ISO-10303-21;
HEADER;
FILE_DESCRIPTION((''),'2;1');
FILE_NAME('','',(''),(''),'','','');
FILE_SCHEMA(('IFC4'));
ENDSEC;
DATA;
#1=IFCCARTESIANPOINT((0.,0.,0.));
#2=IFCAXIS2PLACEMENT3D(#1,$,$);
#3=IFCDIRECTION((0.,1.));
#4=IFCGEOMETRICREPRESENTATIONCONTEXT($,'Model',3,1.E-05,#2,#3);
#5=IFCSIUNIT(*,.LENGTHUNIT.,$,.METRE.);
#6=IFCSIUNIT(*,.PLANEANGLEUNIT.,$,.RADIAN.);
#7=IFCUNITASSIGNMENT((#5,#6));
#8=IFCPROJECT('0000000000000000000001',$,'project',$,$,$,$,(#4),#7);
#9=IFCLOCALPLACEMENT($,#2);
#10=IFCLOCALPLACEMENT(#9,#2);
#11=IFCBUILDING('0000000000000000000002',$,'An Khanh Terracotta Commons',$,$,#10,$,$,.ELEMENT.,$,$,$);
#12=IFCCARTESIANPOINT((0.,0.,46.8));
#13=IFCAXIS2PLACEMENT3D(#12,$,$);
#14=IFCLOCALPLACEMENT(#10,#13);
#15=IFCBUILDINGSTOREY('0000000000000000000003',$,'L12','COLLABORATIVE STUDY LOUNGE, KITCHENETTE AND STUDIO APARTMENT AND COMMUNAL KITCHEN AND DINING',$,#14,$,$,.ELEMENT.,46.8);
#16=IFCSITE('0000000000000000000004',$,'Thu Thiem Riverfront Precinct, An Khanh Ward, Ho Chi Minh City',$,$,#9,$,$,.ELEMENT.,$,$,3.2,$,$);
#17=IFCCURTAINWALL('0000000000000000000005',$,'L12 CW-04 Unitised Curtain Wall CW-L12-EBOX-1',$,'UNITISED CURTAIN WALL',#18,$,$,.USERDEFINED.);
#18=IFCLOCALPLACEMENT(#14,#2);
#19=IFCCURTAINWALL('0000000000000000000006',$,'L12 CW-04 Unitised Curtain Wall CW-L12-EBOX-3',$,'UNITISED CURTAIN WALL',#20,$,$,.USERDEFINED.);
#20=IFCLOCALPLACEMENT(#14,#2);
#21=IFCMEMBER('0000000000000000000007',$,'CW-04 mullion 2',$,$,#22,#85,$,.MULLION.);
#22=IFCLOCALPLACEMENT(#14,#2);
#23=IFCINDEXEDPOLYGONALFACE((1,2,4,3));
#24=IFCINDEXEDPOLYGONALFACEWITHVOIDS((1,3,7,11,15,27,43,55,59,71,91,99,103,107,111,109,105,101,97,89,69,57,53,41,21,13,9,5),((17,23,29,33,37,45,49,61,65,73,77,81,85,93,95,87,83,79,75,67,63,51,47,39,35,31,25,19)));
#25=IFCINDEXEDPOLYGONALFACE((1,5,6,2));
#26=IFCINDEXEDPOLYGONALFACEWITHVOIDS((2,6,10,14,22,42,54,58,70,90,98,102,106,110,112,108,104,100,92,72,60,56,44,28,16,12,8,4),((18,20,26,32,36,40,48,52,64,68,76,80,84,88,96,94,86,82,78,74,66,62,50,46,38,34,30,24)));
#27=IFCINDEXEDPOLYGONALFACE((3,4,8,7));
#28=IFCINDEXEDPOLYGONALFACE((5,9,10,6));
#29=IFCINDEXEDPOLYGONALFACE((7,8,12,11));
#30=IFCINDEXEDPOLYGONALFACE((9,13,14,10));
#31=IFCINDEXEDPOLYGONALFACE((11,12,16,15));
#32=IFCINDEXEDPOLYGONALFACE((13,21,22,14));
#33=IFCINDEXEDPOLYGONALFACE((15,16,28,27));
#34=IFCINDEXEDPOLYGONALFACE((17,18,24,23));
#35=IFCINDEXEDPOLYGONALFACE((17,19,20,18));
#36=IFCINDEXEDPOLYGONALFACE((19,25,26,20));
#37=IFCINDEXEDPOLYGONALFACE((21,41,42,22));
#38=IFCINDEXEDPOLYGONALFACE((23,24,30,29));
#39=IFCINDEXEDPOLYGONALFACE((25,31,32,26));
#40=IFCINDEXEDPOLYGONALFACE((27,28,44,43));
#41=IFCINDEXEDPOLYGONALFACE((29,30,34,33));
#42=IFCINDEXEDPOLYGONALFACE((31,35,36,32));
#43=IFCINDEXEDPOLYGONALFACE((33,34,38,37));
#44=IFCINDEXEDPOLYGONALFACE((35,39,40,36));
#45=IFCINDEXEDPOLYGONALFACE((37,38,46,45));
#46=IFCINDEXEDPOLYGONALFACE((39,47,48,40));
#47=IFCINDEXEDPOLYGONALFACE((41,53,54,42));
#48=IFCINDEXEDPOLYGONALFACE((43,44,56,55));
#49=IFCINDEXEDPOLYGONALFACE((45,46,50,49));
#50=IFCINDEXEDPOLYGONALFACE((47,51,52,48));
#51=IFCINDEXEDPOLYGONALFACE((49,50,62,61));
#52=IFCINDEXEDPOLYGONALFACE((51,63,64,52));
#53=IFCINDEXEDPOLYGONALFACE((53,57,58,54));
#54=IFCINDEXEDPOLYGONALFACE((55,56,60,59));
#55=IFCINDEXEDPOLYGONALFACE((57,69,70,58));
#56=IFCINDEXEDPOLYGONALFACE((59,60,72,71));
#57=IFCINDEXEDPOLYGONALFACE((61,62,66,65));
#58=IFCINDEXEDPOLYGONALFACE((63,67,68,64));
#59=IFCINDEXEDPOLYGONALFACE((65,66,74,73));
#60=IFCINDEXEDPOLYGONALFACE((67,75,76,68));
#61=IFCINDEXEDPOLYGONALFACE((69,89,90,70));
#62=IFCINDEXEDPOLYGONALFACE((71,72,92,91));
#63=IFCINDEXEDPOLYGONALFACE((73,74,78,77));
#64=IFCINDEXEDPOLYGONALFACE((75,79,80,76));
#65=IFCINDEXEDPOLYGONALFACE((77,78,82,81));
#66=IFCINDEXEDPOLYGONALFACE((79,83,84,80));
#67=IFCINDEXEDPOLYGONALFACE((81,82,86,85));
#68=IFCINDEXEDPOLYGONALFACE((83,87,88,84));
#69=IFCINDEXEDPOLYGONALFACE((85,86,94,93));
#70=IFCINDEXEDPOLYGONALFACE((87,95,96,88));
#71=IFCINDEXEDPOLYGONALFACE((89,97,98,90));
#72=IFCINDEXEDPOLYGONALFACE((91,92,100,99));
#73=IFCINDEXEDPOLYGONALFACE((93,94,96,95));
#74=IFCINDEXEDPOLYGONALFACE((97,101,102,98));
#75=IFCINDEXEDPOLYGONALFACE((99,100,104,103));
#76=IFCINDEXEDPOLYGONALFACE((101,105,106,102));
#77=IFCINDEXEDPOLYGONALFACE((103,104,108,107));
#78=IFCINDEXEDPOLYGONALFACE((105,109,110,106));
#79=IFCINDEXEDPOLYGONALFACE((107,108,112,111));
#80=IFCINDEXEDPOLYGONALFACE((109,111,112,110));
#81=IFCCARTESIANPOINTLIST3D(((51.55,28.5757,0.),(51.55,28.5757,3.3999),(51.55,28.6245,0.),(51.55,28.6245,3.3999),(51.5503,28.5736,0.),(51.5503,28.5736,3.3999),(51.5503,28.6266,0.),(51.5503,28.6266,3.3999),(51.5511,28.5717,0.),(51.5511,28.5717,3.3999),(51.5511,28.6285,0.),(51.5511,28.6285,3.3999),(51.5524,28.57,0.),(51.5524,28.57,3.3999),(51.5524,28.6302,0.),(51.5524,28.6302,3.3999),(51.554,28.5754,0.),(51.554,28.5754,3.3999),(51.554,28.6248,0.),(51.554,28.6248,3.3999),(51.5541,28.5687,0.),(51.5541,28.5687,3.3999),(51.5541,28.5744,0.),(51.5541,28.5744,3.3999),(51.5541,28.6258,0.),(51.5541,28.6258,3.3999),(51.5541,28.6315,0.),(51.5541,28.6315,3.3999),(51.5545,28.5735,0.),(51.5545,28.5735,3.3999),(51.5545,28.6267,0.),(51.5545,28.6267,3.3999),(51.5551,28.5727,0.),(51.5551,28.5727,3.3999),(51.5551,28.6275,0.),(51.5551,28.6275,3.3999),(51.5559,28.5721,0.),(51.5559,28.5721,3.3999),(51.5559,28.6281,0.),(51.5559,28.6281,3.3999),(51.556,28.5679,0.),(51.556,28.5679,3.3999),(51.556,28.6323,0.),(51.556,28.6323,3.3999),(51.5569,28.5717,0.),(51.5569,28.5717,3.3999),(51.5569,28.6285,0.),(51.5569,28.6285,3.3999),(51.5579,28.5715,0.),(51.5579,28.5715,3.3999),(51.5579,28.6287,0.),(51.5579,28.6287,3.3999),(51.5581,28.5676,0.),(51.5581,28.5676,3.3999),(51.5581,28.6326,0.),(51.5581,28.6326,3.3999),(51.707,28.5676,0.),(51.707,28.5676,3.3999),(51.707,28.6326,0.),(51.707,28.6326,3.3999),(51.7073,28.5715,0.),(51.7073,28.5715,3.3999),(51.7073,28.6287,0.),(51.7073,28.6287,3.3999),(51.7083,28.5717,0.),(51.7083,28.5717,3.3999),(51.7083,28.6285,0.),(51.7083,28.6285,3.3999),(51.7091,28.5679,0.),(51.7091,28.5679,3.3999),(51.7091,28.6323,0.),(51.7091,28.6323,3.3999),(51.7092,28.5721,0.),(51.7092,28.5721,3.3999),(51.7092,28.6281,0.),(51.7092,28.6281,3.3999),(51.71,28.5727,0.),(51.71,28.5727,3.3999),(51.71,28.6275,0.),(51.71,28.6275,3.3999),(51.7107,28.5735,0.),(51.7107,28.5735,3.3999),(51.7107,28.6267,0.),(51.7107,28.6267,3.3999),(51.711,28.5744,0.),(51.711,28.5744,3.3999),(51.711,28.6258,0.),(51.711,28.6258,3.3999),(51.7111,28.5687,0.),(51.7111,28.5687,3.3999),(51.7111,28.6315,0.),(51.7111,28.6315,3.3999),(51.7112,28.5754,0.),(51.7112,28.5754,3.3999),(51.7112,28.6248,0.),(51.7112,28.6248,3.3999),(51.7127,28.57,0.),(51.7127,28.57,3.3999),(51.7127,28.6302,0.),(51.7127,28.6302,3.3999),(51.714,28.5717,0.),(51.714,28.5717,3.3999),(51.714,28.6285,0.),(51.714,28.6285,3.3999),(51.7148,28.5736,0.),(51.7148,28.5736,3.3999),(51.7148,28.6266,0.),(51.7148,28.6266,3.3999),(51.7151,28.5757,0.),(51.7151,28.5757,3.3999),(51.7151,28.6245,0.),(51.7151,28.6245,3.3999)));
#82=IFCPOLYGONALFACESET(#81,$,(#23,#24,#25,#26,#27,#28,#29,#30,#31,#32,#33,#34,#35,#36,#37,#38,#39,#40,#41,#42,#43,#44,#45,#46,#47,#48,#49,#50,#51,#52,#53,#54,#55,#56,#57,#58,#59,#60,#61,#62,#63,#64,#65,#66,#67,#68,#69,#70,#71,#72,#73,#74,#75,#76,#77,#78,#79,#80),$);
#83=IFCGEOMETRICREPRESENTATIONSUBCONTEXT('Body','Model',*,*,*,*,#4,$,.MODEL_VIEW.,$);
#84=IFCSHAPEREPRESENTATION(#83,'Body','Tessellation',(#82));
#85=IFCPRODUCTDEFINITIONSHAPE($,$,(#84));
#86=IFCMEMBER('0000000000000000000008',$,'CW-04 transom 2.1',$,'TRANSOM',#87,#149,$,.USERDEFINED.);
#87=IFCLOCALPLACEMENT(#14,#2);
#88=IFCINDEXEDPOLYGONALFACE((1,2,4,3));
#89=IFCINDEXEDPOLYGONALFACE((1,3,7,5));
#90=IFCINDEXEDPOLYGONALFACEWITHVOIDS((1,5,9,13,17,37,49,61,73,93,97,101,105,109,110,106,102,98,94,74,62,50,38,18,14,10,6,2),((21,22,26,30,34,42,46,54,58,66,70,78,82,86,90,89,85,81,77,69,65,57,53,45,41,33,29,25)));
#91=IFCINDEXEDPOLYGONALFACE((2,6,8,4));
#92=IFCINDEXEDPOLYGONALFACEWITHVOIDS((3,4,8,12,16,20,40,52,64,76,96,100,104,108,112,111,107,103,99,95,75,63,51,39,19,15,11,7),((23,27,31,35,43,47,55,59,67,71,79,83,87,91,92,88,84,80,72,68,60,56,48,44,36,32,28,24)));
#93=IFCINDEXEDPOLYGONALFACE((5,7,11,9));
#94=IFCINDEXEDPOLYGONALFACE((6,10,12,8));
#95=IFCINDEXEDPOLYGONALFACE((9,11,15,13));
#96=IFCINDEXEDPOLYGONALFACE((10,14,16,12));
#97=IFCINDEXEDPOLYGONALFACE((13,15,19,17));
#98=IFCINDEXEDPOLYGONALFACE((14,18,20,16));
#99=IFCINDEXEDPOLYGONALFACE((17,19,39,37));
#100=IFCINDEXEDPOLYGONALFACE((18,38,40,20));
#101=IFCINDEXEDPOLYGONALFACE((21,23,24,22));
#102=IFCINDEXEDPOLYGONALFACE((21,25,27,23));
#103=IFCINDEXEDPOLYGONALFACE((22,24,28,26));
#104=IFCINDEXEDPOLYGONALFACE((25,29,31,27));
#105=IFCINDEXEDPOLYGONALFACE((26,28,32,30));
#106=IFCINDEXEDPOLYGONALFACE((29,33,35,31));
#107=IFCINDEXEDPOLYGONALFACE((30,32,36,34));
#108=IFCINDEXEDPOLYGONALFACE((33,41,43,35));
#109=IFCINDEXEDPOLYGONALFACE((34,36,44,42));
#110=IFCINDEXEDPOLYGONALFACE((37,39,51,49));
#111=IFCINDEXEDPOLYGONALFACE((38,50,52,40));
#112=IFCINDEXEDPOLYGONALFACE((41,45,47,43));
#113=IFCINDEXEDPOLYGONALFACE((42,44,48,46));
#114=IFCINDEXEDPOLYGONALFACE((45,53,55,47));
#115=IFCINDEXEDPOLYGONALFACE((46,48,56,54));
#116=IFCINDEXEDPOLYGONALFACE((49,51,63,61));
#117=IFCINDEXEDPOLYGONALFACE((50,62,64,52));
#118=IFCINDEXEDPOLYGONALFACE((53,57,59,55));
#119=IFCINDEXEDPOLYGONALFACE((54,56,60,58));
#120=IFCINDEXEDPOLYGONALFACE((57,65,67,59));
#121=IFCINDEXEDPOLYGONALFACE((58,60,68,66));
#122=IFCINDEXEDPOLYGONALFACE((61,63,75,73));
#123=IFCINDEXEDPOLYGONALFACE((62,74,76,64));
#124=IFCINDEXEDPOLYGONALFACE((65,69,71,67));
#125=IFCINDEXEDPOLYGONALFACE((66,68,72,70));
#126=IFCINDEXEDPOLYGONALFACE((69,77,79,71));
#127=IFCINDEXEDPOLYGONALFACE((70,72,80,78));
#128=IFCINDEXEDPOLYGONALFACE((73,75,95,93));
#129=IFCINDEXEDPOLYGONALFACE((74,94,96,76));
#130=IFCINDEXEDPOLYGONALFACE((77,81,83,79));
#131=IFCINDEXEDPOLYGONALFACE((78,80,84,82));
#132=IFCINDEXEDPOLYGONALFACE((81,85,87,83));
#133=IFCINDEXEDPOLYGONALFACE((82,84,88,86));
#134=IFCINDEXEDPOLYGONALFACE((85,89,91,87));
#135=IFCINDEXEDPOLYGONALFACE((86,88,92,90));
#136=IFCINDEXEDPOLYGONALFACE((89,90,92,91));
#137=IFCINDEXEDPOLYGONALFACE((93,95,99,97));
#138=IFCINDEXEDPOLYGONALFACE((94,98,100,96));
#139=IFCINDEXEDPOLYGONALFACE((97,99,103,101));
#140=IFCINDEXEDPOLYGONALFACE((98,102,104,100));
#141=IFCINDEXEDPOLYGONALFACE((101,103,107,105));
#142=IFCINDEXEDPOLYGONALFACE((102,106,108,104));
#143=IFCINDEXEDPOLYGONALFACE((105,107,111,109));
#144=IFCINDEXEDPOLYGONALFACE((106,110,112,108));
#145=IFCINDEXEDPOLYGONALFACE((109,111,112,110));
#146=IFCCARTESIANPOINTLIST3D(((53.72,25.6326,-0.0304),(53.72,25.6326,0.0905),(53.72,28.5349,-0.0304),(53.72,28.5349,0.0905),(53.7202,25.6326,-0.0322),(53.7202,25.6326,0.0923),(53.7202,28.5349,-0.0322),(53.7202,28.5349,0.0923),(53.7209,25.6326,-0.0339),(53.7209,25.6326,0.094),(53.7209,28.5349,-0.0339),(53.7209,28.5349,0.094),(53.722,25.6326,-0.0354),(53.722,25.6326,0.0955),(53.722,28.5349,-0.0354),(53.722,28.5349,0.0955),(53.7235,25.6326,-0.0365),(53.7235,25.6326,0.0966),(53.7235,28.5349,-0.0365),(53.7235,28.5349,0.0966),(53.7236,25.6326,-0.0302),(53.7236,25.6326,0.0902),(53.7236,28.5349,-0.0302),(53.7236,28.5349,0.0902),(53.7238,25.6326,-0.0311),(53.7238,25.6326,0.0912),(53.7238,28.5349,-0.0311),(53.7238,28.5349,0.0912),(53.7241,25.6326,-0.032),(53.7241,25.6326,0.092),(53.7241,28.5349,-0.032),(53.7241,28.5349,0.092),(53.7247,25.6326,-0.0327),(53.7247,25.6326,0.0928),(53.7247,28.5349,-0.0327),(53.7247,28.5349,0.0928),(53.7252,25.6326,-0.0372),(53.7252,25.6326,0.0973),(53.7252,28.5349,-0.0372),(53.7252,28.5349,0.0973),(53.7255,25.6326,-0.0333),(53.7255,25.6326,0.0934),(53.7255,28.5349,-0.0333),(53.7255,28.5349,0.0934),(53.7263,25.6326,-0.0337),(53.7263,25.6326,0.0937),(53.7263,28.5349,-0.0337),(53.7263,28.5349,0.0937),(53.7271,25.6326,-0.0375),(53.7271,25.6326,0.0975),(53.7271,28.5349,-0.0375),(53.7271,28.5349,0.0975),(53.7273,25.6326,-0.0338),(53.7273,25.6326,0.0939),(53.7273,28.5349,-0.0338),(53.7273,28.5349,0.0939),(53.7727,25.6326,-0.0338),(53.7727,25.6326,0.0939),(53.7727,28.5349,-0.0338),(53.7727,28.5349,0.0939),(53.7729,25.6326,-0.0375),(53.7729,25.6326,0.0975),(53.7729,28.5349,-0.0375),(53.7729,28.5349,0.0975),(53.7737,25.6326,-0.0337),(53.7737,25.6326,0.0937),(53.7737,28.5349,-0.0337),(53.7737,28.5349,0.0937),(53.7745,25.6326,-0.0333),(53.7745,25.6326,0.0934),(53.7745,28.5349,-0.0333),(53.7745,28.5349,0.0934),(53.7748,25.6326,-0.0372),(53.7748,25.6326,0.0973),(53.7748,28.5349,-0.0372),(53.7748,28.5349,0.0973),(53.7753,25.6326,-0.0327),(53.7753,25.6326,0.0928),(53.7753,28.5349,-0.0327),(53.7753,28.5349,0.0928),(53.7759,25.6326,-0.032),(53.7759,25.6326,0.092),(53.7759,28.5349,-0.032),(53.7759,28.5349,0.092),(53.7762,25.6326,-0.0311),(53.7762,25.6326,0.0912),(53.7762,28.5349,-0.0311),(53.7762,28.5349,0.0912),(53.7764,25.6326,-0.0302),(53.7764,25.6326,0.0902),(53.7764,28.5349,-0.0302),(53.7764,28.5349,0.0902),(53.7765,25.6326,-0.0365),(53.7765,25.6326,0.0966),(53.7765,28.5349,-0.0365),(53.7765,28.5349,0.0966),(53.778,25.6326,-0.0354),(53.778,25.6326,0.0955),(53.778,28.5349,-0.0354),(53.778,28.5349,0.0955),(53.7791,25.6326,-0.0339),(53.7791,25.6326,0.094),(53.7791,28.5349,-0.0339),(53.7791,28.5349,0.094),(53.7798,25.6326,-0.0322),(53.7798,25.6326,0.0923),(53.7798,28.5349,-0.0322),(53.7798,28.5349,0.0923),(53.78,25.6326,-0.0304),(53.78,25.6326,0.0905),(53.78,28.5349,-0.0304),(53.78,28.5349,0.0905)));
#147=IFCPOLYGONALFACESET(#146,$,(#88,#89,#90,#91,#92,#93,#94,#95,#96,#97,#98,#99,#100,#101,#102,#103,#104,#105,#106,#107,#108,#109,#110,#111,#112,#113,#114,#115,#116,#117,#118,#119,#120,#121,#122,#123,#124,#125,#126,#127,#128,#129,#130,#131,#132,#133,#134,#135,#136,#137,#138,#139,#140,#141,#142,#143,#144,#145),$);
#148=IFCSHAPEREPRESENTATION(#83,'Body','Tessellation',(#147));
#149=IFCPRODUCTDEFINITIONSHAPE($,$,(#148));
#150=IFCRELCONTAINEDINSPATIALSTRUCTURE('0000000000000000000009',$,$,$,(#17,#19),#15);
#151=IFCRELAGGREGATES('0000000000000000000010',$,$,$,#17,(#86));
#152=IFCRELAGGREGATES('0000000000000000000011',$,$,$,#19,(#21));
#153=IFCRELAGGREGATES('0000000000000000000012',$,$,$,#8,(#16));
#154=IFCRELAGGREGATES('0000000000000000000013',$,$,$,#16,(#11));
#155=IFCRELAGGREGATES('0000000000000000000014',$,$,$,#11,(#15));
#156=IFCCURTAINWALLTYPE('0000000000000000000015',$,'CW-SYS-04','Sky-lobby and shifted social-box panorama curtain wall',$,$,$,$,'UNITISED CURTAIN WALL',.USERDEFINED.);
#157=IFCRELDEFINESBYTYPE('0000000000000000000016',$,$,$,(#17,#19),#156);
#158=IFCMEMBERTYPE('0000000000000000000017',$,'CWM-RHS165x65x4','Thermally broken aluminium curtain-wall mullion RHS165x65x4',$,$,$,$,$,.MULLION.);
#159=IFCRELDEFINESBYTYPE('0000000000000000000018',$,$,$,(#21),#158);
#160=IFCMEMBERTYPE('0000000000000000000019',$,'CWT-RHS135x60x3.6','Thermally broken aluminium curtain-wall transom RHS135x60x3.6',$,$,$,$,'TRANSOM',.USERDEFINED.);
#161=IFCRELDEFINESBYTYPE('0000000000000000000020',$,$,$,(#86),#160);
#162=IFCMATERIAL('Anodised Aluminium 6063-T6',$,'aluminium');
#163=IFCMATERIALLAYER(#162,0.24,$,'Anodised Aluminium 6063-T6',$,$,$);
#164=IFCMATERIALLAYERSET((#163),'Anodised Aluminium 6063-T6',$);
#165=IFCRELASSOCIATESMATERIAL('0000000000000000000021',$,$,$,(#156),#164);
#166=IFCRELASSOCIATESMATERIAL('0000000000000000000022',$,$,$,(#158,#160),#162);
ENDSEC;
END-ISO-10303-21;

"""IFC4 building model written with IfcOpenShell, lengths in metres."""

from ifc_helpers import new_model, si_unit, direction, frame, origin, origin_2d, place, context, subcontext, project, spatial, hollow_rectangle, extrude, material, layer, layer_set, material_profile, profile_set, type_object, element, aggregate, save


model = new_model("IFC4")

# Units and contexts
model_context = context("Model", 3, precision=1e-05, world=origin(), true_north=direction((0.0, 1.0)))
body_context = subcontext(model_context, "Body", "Model", "MODEL_VIEW")
ifc_project = project(units=[si_unit("LENGTHUNIT", "METRE"), si_unit("PLANEANGLEUNIT", "RADIAN")], contexts=[model_context])

# Site, building, storey
site_placement = place(None, origin())
site = spatial("IfcSite", under=ifc_project, at=site_placement, Name="Thu Thiem Riverfront Precinct, An Khanh Ward, Ho Chi Minh City", CompositionType="ELEMENT", RefElevation=3.2)
building_placement = place(site_placement, origin())
building = spatial("IfcBuilding", under=site, at=building_placement, Name="An Khanh Terracotta Commons", CompositionType="ELEMENT")
storey_placement = place(building_placement, frame((0.0, 0.0, 46.8)))
storey = spatial("IfcBuildingStorey", under=building, at=storey_placement, Name="L12", Description="COLLABORATIVE STUDY LOUNGE, KITCHENETTE AND STUDIO APARTMENT AND COMMUNAL KITCHEN AND DINING", CompositionType="ELEMENT", Elevation=46.8)

# Curtain walls, member
ifc_material_1 = material(Name="Anodised Aluminium 6063-T6", Category="aluminium")
ifc_layer_1 = layer(ifc_material_1, 0.24, Name="Anodised Aluminium 6063-T6")
ifc_layer_set_1 = layer_set([ifc_layer_1], Name="Anodised Aluminium 6063-T6")
curtain_wall_type = type_object("IfcCurtainWallType", Name="CW-SYS-04", Description="Sky-lobby and shifted social-box panorama curtain wall", ElementType="UNITISED CURTAIN WALL", PredefinedType="USERDEFINED", material=ifc_layer_set_1)
curtain_wall_1_placement = place(storey_placement, origin())
curtain_wall_1 = element("IfcCurtainWall", 1, at=curtain_wall_1_placement, inside=storey, type_object=curtain_wall_type, Name="L12 CW-04 Unitised Curtain Wall CW-L12-EBOX-1", ObjectType="UNITISED CURTAIN WALL", PredefinedType="USERDEFINED")
ifc_material_profile_1 = material_profile(ifc_material_1, hollow_rectangle(XDim=0.0649, YDim=0.165, WallThickness=0.0039, InnerFilletRadius=0.0039, OuterFilletRadius=0.0081, at=origin_2d()), Name="RHS165x65x4")
ifc_profile_set_1 = profile_set([ifc_material_profile_1], Name="Anodised Aluminium 6063-T6")
member_type_1 = type_object("IfcMemberType", Name="CWM-RHS165x65x4", Description="Thermally broken aluminium curtain-wall mullion RHS165x65x4", PredefinedType="MULLION", material=ifc_profile_set_1)
curtain_wall_2_placement = place(storey_placement, origin())
curtain_wall_2 = element("IfcCurtainWall", 2, at=curtain_wall_2_placement, inside=storey, type_object=curtain_wall_type, Name="L12 CW-04 Unitised Curtain Wall CW-L12-EBOX-3", ObjectType="UNITISED CURTAIN WALL", PredefinedType="USERDEFINED")
member_1_placement = place(storey_placement, frame((51.6326, 28.6001, 0.0), z_axis=(0.0, 0.0, 1.0), x_axis=(0.0, -1.0, 0.0)))
member_1 = element("IfcMember", 3, at=member_1_placement, type_object=member_type_1, Name="CW-04 mullion 2", PredefinedType="MULLION", context=body_context, shape_type="SweptSolid", body=[
    extrude(hollow_rectangle(XDim=0.0649, YDim=0.165, WallThickness=0.0039, InnerFilletRadius=0.0039, OuterFilletRadius=0.0081, at=origin_2d()), origin(), (0.0, 0.0, 1.0), 3.3999),
])

# Member
ifc_material_profile_2 = material_profile(ifc_material_1, hollow_rectangle(XDim=0.0601, YDim=0.135, WallThickness=0.0037, InnerFilletRadius=0.0037, OuterFilletRadius=0.0071, at=origin_2d()), Name="RHS135x60x3.6")
ifc_profile_set_2 = profile_set([ifc_material_profile_2], Name="Anodised Aluminium 6063-T6")
member_type_2 = type_object("IfcMemberType", Name="CWT-RHS135x60x3.6", Description="Thermally broken aluminium curtain-wall transom RHS135x60x3.6", ElementType="TRANSOM", PredefinedType="USERDEFINED", material=ifc_profile_set_2)
member_2_placement = place(storey_placement, frame((53.75, 25.6326, 0.03), z_axis=(0.0, 1.0, 0.0), x_axis=(-1.0, 0.0, 0.0)))
member_2 = element("IfcMember", 4, at=member_2_placement, type_object=member_type_2, Name="CW-04 transom 2.1", ObjectType="TRANSOM", PredefinedType="USERDEFINED", context=body_context, shape_type="SweptSolid", body=[
    extrude(hollow_rectangle(XDim=0.0601, YDim=0.135, WallThickness=0.0037, InnerFilletRadius=0.0037, OuterFilletRadius=0.0071, at=origin_2d()), origin(), (0.0, 0.0, 1.0), 2.9023),
])

aggregate(curtain_wall_1, [member_2])
aggregate(curtain_wall_2, [member_1])

save(model, "model.ifc")
